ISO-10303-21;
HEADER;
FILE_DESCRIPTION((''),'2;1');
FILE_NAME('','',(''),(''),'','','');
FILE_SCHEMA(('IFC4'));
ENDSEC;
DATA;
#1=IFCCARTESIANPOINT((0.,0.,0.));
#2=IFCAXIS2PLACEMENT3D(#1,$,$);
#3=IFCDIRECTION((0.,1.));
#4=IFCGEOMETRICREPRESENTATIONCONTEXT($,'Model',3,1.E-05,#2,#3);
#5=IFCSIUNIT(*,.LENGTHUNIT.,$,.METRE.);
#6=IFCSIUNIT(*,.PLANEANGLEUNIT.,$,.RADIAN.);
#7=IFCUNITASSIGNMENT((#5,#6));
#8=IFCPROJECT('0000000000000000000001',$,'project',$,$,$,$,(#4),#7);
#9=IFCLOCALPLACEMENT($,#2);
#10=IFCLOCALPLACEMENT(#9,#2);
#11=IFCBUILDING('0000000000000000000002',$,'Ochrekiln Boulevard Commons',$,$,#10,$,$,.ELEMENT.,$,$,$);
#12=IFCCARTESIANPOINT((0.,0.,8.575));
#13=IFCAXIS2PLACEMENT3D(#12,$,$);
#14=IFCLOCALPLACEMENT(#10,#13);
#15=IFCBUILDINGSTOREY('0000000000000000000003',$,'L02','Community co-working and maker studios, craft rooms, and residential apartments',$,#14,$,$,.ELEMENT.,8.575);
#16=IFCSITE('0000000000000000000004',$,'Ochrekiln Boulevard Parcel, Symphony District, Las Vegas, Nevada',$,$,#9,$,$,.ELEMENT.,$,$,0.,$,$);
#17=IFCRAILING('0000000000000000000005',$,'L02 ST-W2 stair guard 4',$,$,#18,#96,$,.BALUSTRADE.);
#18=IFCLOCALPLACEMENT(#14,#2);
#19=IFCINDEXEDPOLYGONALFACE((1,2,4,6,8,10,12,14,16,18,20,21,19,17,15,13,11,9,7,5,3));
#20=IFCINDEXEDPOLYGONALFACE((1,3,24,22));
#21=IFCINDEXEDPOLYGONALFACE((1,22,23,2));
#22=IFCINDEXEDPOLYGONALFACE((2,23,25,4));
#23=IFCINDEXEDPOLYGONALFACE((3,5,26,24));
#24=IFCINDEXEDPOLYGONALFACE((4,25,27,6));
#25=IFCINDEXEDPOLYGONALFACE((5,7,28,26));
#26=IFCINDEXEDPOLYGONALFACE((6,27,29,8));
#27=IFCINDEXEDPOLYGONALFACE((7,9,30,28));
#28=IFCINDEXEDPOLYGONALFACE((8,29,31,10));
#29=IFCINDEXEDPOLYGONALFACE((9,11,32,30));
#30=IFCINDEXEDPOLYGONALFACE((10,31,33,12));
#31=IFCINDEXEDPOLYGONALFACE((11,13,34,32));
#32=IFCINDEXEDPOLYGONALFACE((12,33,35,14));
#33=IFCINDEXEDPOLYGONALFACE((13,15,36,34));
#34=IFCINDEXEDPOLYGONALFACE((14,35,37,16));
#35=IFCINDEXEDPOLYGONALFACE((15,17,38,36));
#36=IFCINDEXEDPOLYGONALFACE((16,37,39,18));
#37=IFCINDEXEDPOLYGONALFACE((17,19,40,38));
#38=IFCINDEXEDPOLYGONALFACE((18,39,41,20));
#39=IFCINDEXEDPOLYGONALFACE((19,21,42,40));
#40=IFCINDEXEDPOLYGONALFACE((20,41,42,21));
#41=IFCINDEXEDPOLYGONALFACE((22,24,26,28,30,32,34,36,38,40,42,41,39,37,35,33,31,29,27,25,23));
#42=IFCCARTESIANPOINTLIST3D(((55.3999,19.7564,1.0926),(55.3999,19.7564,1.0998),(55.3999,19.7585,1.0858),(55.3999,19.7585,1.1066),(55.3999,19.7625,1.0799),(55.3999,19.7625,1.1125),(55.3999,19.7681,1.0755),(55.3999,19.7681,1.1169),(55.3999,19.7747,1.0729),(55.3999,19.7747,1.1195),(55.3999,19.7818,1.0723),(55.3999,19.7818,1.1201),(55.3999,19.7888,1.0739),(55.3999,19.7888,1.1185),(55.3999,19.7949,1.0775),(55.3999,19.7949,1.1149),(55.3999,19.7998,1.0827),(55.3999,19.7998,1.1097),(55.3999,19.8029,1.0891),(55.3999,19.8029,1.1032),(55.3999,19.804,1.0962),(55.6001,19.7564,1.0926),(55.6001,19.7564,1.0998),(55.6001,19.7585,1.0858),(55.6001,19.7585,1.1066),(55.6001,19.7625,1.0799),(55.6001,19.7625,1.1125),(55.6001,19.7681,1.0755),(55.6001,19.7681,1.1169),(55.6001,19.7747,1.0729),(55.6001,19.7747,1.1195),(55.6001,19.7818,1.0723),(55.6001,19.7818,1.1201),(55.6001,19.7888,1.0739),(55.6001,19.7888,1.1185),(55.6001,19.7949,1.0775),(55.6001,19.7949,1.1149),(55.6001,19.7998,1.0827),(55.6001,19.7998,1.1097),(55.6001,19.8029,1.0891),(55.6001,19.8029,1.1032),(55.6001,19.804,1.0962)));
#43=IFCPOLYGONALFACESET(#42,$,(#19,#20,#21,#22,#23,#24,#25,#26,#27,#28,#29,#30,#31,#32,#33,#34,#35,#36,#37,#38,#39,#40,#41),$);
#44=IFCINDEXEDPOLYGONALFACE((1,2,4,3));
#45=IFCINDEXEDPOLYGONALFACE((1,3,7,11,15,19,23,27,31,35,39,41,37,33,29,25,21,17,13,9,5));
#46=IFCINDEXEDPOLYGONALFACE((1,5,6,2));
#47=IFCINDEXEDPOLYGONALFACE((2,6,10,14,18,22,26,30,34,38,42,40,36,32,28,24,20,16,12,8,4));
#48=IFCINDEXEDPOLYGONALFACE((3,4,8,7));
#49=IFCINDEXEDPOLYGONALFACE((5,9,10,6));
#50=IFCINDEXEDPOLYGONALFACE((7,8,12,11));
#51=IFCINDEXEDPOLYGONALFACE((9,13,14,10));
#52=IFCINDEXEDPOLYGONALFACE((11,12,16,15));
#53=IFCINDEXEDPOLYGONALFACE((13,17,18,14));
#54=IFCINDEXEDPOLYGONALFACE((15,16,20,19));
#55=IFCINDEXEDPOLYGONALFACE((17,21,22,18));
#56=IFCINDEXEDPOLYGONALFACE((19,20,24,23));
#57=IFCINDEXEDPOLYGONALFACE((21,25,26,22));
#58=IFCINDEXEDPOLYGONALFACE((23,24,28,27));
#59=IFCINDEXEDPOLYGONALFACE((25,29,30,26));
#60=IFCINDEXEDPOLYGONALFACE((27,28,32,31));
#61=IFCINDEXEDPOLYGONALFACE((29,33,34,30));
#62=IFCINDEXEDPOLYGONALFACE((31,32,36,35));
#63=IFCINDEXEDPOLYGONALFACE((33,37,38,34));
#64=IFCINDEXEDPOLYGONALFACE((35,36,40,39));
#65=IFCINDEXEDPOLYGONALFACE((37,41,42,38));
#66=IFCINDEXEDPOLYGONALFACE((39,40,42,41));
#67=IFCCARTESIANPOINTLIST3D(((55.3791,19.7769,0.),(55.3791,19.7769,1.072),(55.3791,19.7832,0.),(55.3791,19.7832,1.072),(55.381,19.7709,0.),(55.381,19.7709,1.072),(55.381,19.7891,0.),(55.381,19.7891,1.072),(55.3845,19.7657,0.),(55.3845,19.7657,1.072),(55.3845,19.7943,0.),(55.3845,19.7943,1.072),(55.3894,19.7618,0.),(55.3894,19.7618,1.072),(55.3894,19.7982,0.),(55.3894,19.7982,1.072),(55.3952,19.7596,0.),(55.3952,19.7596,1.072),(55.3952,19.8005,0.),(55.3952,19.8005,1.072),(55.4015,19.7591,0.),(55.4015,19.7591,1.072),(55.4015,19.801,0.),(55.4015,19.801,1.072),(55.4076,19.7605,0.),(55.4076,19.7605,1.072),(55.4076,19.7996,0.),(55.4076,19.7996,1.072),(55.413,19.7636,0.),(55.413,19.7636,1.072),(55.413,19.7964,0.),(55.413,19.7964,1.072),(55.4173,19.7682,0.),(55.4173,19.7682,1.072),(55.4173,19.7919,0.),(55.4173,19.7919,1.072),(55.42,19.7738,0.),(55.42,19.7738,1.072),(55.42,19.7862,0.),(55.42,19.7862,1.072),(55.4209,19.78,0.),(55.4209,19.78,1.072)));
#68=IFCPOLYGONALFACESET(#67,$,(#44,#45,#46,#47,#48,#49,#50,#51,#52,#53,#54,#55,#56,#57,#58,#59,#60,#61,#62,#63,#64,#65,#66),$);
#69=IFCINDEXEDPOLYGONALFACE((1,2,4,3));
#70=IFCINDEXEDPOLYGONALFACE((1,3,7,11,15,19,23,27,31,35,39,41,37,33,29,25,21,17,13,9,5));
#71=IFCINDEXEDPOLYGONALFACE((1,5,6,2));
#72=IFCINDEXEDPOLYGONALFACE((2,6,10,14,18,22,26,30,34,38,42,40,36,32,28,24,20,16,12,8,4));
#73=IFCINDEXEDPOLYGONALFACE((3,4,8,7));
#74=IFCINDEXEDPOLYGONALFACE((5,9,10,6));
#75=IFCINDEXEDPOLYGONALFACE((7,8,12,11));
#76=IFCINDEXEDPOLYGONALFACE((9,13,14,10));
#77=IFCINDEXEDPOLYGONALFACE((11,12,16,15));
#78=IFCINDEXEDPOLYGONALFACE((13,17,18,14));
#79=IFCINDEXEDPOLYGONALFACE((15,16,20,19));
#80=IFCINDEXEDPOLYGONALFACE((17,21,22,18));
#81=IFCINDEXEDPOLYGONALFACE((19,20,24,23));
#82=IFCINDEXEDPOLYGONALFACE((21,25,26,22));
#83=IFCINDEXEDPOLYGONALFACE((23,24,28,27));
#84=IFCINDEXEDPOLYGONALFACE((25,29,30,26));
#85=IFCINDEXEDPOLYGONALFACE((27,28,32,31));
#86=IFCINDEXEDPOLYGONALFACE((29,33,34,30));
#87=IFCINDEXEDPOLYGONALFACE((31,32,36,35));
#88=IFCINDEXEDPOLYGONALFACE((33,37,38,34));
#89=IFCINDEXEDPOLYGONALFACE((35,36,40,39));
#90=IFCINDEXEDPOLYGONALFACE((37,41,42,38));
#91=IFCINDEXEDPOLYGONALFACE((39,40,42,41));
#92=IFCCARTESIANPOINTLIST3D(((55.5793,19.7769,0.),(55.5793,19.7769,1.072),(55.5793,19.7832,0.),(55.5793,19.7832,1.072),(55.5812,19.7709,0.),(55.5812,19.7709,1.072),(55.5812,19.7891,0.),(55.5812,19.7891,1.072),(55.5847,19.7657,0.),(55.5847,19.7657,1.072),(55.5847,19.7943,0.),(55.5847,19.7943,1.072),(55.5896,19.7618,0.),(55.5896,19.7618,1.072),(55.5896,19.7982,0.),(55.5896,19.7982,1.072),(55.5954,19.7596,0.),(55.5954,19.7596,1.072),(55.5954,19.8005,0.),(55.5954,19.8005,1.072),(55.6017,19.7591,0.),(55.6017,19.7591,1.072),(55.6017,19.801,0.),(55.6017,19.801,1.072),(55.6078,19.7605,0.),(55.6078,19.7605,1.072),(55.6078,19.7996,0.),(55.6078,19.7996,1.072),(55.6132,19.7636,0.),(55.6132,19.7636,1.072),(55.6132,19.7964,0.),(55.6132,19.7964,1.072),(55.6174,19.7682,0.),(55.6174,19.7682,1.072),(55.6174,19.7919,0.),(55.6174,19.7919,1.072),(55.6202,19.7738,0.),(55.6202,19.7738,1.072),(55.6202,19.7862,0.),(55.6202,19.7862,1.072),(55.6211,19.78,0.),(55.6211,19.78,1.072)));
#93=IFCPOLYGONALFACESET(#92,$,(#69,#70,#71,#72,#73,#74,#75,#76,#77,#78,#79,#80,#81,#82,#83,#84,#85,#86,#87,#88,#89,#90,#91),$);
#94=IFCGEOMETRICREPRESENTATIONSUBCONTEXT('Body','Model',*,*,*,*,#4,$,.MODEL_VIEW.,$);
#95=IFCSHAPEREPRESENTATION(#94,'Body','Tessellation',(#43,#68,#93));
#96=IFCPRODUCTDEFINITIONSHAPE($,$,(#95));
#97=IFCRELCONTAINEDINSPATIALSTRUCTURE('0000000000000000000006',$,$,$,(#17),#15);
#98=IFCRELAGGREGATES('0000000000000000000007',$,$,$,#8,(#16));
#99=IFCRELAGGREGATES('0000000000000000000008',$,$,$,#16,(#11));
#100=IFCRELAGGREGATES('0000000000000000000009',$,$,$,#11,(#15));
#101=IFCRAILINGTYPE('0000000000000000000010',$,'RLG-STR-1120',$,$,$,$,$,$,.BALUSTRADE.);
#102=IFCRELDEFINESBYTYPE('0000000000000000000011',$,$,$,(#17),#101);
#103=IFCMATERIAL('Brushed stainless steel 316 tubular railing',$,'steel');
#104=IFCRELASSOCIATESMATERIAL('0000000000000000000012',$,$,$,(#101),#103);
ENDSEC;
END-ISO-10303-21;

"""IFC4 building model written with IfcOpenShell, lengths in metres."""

from ifc_helpers import new_model, si_unit, direction, frame, origin, origin_2d, place, context, subcontext, project, spatial, circle, extrude, material, type_object, element, save


model = new_model("IFC4")

# Units and contexts
model_context = context("Model", 3, precision=1e-05, world=origin(), true_north=direction((0.0, 1.0)))
body_context = subcontext(model_context, "Body", "Model", "MODEL_VIEW")
ifc_project = project(units=[si_unit("LENGTHUNIT", "METRE"), si_unit("PLANEANGLEUNIT", "RADIAN")], contexts=[model_context])

# Site, building, storey
site_placement = place(None, origin())
site = spatial("IfcSite", under=ifc_project, at=site_placement, Name="Ochrekiln Boulevard Parcel, Symphony District, Las Vegas, Nevada", CompositionType="ELEMENT", RefElevation=0.0)
building_placement = place(site_placement, origin())
building = spatial("IfcBuilding", under=site, at=building_placement, Name="Ochrekiln Boulevard Commons", CompositionType="ELEMENT")
storey_placement = place(building_placement, frame((0.0, 0.0, 8.575)))
storey = spatial("IfcBuildingStorey", under=building, at=storey_placement, Name="L02", Description="Community co-working and maker studios, craft rooms, and residential apartments", CompositionType="ELEMENT", Elevation=8.575)

# Railing
ifc_material_1 = material(Name="Brushed stainless steel 316 tubular railing", Category="steel")
railing_type_1 = type_object("IfcRailingType", Name="RLG-STR-1120", PredefinedType="BALUSTRADE", material=ifc_material_1)
railing_1_placement = place(storey_placement, frame((55.3999, 19.78, 0.0)))
element("IfcRailing", 1, at=railing_1_placement, inside=storey, type_object=railing_type_1, Name="L02 ST-W2 stair guard 4", PredefinedType="BALUSTRADE", context=body_context, shape_type="SweptSolid", body=[
    extrude(circle(Radius=0.0239, at=origin_2d()), frame((0.0, 0.0, 1.0962), z_axis=(1.0, 0.0, 0.0), x_axis=(0.0, 1.0, 0.0)), (0.0, 0.0, 1.0), 0.2002),
    extrude(circle(Radius=0.021, at=origin_2d()), origin(), (0.0, 0.0, 1.0), 1.072),
    extrude(circle(Radius=0.021, at=origin_2d()), frame((0.2002, 0.0, 0.0)), (0.0, 0.0, 1.0), 1.072),
])

save(model, "model.ifc")
